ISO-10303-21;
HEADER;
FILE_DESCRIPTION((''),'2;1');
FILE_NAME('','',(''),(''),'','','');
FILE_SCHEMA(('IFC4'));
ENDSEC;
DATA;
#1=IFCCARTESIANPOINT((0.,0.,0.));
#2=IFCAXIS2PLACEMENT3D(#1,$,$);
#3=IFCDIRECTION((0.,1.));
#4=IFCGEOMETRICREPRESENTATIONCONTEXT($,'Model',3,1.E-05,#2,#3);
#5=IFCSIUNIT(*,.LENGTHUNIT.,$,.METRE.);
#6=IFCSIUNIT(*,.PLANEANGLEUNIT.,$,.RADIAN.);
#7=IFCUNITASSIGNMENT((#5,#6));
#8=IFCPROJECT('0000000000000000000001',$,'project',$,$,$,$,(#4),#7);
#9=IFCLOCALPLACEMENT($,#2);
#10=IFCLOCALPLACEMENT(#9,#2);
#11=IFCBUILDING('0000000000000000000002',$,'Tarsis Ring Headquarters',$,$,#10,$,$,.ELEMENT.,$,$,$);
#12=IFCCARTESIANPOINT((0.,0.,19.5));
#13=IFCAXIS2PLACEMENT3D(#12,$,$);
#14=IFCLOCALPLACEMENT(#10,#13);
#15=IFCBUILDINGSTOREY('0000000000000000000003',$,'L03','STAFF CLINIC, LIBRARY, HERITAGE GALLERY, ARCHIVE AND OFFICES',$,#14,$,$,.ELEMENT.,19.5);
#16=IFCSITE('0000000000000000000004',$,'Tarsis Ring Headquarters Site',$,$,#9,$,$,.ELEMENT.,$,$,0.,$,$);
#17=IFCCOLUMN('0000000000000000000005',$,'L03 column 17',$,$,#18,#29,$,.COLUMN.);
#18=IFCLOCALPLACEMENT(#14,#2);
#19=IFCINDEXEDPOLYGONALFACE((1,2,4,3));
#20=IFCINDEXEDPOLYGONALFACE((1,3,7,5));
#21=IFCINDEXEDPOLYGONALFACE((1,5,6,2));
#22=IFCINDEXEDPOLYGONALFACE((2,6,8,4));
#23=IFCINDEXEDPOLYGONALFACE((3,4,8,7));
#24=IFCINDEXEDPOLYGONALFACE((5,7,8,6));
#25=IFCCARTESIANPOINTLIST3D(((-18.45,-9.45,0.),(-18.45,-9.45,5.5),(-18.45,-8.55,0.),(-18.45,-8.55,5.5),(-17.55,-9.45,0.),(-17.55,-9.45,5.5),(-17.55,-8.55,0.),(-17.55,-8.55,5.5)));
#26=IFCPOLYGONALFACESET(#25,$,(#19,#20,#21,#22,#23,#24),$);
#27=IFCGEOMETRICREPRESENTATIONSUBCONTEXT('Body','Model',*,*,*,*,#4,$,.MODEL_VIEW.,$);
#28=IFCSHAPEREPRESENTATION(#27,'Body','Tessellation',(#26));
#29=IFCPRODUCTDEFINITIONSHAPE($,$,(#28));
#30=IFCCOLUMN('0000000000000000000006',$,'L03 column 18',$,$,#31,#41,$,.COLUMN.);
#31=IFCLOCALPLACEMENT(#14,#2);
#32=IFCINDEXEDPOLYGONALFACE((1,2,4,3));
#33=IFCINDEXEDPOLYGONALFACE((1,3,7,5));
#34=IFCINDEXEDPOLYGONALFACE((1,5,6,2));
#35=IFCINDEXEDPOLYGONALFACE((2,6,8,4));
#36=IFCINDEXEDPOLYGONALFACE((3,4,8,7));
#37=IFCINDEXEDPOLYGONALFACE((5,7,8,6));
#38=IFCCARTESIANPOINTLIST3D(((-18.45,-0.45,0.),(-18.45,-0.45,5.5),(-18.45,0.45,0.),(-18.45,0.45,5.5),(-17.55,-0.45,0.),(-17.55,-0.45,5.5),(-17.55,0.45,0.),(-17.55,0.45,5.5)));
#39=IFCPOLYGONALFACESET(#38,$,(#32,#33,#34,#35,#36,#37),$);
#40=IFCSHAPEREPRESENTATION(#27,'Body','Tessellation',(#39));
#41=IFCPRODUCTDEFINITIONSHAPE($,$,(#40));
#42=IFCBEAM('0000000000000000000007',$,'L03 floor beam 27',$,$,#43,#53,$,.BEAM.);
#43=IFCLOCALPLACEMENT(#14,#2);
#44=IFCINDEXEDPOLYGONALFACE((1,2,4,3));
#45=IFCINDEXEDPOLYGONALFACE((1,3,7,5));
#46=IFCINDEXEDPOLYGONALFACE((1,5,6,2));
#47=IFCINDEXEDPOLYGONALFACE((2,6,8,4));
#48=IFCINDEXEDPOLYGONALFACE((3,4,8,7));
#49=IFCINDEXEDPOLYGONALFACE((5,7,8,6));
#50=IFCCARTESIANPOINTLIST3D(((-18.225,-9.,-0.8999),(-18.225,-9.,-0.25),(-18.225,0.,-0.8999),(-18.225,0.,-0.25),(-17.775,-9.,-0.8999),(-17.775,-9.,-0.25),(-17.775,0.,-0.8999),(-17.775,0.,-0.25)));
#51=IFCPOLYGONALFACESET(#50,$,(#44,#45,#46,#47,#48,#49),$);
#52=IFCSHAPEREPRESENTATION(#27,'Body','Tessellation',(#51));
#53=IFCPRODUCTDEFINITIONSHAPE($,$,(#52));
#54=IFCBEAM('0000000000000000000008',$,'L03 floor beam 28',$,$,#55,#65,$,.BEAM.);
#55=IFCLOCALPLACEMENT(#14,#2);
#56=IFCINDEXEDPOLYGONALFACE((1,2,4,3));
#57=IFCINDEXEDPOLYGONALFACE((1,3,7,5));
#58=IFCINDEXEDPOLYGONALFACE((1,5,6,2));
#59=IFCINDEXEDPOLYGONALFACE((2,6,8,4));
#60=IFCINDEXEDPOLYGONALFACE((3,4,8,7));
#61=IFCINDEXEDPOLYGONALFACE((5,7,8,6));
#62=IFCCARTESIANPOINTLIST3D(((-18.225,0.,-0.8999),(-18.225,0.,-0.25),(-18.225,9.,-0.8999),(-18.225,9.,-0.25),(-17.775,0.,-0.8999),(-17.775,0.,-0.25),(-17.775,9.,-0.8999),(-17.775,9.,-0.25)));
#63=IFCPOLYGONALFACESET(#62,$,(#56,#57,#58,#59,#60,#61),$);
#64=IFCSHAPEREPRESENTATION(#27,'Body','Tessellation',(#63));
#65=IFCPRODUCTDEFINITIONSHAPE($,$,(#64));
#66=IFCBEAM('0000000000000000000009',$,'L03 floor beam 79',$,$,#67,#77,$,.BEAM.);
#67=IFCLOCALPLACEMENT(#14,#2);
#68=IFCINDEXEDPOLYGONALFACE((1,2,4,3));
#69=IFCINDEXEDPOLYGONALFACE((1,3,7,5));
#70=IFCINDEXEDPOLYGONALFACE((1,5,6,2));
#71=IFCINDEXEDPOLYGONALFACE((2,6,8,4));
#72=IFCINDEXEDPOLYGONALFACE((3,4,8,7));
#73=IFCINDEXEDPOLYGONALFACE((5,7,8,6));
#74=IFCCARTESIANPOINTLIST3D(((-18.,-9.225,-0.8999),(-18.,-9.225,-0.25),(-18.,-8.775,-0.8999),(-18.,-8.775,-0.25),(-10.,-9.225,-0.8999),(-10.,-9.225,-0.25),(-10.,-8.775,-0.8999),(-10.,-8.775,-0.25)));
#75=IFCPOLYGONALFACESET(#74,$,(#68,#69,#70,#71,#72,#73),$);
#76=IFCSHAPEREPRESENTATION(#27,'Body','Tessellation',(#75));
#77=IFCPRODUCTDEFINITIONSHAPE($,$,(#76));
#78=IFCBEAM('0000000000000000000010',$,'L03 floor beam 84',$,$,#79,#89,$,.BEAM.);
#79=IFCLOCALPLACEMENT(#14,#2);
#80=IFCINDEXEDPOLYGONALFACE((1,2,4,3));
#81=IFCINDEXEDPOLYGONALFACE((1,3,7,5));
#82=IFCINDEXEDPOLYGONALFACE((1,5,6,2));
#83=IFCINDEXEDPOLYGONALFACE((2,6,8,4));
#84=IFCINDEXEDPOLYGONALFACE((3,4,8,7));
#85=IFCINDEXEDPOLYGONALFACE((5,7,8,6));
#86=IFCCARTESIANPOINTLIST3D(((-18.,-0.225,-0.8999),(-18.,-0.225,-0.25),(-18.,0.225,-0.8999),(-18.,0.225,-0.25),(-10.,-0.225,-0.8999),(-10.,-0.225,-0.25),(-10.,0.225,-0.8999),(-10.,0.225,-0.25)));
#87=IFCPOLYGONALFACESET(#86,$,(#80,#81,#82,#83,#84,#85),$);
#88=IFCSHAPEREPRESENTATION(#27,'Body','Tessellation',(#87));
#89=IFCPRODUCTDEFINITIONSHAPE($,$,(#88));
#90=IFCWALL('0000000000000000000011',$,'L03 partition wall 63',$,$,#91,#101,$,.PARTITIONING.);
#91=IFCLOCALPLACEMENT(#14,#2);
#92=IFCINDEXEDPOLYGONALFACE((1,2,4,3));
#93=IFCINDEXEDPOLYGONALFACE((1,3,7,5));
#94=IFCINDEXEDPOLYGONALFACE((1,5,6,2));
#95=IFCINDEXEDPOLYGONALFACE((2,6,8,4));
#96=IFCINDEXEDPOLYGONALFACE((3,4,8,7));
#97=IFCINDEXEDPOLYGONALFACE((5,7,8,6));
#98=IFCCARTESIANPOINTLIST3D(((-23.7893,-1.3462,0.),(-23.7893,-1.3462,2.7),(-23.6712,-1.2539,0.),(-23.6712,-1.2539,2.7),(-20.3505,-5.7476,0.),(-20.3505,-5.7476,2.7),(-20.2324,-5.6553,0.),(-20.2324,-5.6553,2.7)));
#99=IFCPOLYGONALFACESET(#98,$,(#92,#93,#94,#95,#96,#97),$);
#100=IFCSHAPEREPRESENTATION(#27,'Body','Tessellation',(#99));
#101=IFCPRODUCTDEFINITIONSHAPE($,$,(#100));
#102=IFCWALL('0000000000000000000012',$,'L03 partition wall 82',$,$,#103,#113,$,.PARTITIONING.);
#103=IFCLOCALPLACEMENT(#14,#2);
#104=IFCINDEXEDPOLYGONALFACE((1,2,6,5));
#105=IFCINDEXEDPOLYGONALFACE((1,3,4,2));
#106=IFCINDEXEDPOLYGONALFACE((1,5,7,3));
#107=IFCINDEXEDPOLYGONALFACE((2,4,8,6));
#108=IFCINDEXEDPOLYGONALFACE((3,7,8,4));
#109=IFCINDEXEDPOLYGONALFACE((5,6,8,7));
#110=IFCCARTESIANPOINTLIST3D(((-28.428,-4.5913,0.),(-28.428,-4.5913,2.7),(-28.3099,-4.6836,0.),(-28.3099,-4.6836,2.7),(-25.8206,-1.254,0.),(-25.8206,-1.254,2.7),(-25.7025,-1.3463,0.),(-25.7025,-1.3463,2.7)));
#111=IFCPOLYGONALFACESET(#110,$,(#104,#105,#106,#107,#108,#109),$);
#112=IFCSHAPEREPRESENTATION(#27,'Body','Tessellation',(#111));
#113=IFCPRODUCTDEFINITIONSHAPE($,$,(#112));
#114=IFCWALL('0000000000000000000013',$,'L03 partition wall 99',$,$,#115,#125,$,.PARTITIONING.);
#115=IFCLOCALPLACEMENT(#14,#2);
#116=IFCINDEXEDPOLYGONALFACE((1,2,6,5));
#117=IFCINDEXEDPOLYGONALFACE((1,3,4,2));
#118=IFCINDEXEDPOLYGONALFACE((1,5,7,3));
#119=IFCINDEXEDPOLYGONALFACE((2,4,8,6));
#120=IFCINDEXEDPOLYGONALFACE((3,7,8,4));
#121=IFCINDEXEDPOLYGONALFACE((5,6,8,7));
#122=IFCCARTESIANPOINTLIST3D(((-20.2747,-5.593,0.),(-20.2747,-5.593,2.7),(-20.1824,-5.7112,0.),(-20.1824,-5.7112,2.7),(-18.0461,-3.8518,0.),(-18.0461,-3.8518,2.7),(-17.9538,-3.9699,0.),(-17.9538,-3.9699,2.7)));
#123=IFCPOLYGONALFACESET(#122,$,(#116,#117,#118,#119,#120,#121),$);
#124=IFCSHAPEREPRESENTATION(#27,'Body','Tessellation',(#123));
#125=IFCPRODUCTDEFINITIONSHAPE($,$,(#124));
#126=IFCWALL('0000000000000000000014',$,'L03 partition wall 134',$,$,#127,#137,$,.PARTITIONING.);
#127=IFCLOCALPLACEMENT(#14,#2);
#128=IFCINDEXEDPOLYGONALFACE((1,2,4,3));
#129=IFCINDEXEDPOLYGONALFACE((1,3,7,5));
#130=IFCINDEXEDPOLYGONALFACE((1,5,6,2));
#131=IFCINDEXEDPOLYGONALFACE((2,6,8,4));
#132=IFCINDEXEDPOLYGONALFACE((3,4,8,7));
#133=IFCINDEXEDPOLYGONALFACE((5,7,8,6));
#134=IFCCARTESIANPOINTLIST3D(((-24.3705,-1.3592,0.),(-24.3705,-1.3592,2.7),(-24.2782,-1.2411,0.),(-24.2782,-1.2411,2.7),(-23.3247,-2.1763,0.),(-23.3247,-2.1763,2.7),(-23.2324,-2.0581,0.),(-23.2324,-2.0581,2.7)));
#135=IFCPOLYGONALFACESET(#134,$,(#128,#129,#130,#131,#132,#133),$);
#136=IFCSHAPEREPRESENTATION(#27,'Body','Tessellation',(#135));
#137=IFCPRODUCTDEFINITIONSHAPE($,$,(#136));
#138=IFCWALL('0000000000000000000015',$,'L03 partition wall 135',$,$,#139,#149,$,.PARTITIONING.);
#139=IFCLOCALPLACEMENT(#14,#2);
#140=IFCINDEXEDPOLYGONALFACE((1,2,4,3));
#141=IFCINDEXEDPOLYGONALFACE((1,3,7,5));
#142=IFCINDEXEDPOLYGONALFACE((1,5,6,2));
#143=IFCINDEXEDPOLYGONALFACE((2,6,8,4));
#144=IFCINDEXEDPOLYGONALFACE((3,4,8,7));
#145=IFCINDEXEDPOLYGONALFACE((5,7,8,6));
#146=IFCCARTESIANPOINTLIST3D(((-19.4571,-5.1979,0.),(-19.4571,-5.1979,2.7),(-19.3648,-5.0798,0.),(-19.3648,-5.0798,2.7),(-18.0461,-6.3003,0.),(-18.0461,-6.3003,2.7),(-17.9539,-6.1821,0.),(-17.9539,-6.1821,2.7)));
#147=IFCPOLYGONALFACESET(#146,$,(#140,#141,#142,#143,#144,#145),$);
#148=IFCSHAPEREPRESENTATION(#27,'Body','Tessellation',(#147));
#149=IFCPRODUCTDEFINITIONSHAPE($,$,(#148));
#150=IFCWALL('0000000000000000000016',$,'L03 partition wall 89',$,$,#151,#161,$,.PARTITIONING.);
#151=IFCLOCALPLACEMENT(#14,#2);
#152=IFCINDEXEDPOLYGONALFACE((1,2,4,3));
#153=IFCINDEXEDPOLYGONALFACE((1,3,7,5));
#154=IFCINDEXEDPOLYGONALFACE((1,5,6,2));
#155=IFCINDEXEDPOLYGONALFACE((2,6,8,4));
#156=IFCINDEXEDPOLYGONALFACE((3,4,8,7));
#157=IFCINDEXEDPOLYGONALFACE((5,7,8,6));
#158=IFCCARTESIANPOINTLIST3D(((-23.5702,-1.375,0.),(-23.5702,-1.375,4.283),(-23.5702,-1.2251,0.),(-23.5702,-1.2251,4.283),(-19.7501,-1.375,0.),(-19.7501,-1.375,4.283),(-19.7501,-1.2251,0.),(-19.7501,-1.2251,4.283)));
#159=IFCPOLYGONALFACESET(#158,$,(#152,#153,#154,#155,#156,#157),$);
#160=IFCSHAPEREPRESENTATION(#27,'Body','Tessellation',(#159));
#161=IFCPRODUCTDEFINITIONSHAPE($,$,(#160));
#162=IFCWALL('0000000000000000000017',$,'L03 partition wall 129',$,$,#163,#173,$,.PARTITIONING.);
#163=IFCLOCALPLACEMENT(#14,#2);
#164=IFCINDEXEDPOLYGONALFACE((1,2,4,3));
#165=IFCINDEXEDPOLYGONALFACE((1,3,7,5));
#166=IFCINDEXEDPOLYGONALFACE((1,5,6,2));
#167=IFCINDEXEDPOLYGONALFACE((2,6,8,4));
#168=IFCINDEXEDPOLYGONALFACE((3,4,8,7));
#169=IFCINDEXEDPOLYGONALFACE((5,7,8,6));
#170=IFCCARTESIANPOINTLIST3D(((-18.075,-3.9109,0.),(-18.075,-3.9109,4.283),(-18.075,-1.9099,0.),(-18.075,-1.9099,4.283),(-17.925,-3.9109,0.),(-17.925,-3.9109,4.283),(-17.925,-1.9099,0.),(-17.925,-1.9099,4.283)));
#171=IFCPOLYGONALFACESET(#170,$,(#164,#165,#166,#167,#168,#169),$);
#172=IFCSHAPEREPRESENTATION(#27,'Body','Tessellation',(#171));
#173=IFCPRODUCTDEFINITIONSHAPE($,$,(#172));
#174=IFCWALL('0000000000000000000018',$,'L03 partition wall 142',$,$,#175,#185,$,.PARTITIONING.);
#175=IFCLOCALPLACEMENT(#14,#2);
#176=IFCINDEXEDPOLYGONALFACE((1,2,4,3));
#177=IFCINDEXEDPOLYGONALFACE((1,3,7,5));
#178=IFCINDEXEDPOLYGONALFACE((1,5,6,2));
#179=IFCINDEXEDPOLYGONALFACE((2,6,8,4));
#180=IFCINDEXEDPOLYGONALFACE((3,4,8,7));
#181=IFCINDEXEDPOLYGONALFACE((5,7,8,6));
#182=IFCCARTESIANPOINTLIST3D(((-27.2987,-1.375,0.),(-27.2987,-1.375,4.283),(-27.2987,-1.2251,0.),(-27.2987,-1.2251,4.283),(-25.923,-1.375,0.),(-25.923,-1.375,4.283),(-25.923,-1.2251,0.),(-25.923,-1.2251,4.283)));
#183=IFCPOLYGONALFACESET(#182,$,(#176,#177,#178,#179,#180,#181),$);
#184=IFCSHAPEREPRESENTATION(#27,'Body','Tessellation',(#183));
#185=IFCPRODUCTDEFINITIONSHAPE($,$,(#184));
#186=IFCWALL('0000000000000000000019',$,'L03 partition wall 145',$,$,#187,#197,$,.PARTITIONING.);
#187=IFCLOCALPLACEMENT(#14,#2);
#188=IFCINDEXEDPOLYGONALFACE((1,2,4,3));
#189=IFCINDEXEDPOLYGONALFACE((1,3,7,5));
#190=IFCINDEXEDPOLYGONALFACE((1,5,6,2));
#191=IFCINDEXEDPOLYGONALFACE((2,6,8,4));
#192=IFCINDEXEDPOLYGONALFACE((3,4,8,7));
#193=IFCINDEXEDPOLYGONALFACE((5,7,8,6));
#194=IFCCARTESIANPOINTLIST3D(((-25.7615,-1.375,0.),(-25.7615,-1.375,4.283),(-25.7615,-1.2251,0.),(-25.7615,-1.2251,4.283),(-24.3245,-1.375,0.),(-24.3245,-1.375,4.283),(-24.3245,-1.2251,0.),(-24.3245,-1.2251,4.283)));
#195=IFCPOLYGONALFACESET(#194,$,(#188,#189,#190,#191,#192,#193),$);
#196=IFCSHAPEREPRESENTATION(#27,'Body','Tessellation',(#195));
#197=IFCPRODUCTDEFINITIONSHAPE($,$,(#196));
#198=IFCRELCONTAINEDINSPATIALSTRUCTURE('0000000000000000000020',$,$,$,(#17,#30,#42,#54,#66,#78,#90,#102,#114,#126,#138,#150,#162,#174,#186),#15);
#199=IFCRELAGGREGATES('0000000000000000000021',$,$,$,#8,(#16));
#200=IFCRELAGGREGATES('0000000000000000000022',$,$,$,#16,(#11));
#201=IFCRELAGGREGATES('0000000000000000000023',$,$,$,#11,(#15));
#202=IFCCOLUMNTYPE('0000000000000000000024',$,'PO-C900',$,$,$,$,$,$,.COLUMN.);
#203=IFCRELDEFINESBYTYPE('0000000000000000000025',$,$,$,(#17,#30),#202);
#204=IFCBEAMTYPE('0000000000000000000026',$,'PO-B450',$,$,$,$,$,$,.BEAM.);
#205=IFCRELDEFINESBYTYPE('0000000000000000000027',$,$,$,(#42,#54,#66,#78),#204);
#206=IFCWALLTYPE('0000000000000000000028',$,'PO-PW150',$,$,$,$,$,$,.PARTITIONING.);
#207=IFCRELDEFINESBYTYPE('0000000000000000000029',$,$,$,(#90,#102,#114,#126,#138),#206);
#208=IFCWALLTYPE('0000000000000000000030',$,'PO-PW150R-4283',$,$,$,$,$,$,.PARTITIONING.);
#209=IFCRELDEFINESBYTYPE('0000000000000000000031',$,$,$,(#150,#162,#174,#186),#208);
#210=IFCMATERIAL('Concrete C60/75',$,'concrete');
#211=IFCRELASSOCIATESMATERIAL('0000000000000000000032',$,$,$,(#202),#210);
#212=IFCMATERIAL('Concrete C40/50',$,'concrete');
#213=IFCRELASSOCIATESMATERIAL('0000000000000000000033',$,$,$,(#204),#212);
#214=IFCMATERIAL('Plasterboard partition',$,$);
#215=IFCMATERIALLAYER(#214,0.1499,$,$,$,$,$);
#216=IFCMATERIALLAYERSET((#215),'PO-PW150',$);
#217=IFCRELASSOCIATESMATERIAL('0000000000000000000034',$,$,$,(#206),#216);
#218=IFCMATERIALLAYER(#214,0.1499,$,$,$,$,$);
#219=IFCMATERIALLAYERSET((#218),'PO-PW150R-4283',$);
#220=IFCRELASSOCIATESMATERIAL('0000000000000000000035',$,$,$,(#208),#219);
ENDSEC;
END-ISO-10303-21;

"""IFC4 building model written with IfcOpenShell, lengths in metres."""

from ifc_helpers import new_model, si_unit, direction, frame, frame_2d, origin, origin_2d, place, context, subcontext, project, spatial, rectangle, extrude, material, layer, layer_set, material_profile, profile_set, type_object, element, save


model = new_model("IFC4")

# Units and contexts
model_context = context("Model", 3, precision=1e-05, world=origin(), true_north=direction((0.0, 1.0)))
body_context = subcontext(model_context, "Body", "Model", "MODEL_VIEW")
ifc_project = project(units=[si_unit("LENGTHUNIT", "METRE"), si_unit("PLANEANGLEUNIT", "RADIAN")], contexts=[model_context])

# Site, building, storey
site_placement = place(None, origin())
site = spatial("IfcSite", under=ifc_project, at=site_placement, Name="Tarsis Ring Headquarters Site", CompositionType="ELEMENT", RefElevation=0.0)
building_placement = place(site_placement, origin())
building = spatial("IfcBuilding", under=site, at=building_placement, Name="Tarsis Ring Headquarters", CompositionType="ELEMENT")
storey_placement = place(building_placement, frame((0.0, 0.0, 19.5)))
storey = spatial("IfcBuildingStorey", under=building, at=storey_placement, Name="L03", Description="STAFF CLINIC, LIBRARY, HERITAGE GALLERY, ARCHIVE AND OFFICES", CompositionType="ELEMENT", Elevation=19.5)

# Columns
ifc_material_1 = material(Name="Concrete C60/75", Category="concrete")
ifc_material_profile_1 = material_profile(ifc_material_1, rectangle(XDim=0.8999, YDim=0.8999, at=origin_2d()), Name="PO-C900")
ifc_profile_set_1 = profile_set([ifc_material_profile_1], Name="Concrete C60/75")
column_type = type_object("IfcColumnType", Name="PO-C900", PredefinedType="COLUMN", material=ifc_profile_set_1)
for number, where, z_axis, x_axis, name in (
    (1, (-18.0, -9.0, 0.0), (0.0, 0.0, 1.0), (1.0, 0.0, 0.0), "L03 column 17"),
    (2, (-18.0, 0.0, 0.0), (0.0, 0.0, 1.0), (1.0, 0.0, 0.0), "L03 column 18"),
):
    element("IfcColumn", number, at=place(storey_placement, frame(where, z_axis=z_axis, x_axis=x_axis)), inside=storey, type_object=column_type, Name=name, PredefinedType="COLUMN", context=body_context, shape_type="SweptSolid", body=[
        extrude(rectangle(XDim=0.8999, YDim=0.8999, at=origin_2d()), origin(), (0.0, 0.0, 1.0), 5.5),
    ])

# Beams
ifc_material_2 = material(Name="Concrete C40/50", Category="concrete")
ifc_material_profile_2 = material_profile(ifc_material_2, rectangle(XDim=0.45, YDim=0.6499, at=origin_2d()), Name="PO-B450")
ifc_profile_set_2 = profile_set([ifc_material_profile_2], Name="Concrete C40/50")
beam_type = type_object("IfcBeamType", Name="PO-B450", PredefinedType="BEAM", material=ifc_profile_set_2)
for number, where, z_axis, x_axis, name in (
    (3, (-18.0, -9.0, -0.575), (0.0, 1.0, 0.0), (-1.0, 0.0, 0.0), "L03 floor beam 27"),
    (4, (-18.0, 0.0, -0.575), (0.0, 1.0, 0.0), (-1.0, 0.0, 0.0), "L03 floor beam 28"),
):
    element("IfcBeam", number, at=place(storey_placement, frame(where, z_axis=z_axis, x_axis=x_axis)), inside=storey, type_object=beam_type, Name=name, PredefinedType="BEAM", context=body_context, shape_type="SweptSolid", body=[
        extrude(rectangle(XDim=0.45, YDim=0.6499, at=origin_2d()), origin(), (0.0, 0.0, 1.0), 9.0),
    ])
for number, where, z_axis, x_axis, name in (
    (5, (-18.0, -9.0, -0.575), (1.0, 0.0, 0.0), (0.0, 1.0, 0.0), "L03 floor beam 79"),
    (6, (-18.0, 0.0, -0.575), (1.0, 0.0, 0.0), (0.0, 1.0, 0.0), "L03 floor beam 84"),
):
    element("IfcBeam", number, at=place(storey_placement, frame(where, z_axis=z_axis, x_axis=x_axis)), inside=storey, type_object=beam_type, Name=name, PredefinedType="BEAM", context=body_context, shape_type="SweptSolid", body=[
        extrude(rectangle(XDim=0.45, YDim=0.6499, at=origin_2d()), origin(), (0.0, 0.0, 1.0), 8.0),
    ])

# Walls
ifc_material_3 = material(Name="Plasterboard partition")
ifc_layer_1 = layer(ifc_material_3, 0.1499)
ifc_layer_set_1 = layer_set([ifc_layer_1], Name="PO-PW150")
wall_type_1 = type_object("IfcWallType", Name="PO-PW150", PredefinedType="PARTITIONING", material=ifc_layer_set_1)
wall_1_placement = place(storey_placement, frame((-23.7302, -1.3, 0.0), z_axis=(0.0, 0.0, 1.0), x_axis=(0.615661, -0.788011, 0.0)))
element("IfcWall", 7, at=wall_1_placement, inside=storey, type_object=wall_type_1, Name="L03 partition wall 63", PredefinedType="PARTITIONING", context=body_context, shape_type="SweptSolid", body=[
    extrude(rectangle(XDim=5.5854, YDim=0.1499, at=frame_2d((2.7927, 0.0))), origin(), (0.0, 0.0, 1.0), 2.7),
])
wall_2_placement = place(storey_placement, frame((-25.7615, -1.3, 0.0), z_axis=(0.0, 0.0, 1.0), x_axis=(-0.615655, -0.788016, 0.0)))
element("IfcWall", 8, at=wall_2_placement, inside=storey, type_object=wall_type_1, Name="L03 partition wall 82", PredefinedType="PARTITIONING", context=body_context, shape_type="SweptSolid", body=[
    extrude(rectangle(XDim=4.2351, YDim=0.1499, at=frame_2d((2.1177, 0.0))), origin(), (0.0, 0.0, 1.0), 2.7),
])
wall_3_placement = place(storey_placement, frame((-20.2285, -5.6521, 0.0), z_axis=(0.0, 0.0, 1.0), x_axis=(0.787993, 0.615684, 0.0)))
element("IfcWall", 9, at=wall_3_placement, inside=storey, type_object=wall_type_1, Name="L03 partition wall 99", PredefinedType="PARTITIONING", context=body_context, shape_type="SweptSolid", body=[
    extrude(rectangle(XDim=2.8281, YDim=0.1499, at=frame_2d((1.4141, 0.0))), origin(), (0.0, 0.0, 1.0), 2.7),
])
wall_4_placement = place(storey_placement, frame((-23.2786, -2.1172, 0.0), z_axis=(0.0, 0.0, 1.0), x_axis=(-0.788013, 0.615658, 0.0)))
element("IfcWall", 10, at=wall_4_placement, inside=storey, type_object=wall_type_1, Name="L03 partition wall 134", PredefinedType="PARTITIONING", context=body_context, shape_type="SweptSolid", body=[
    extrude(rectangle(XDim=1.3271, YDim=0.1499, at=frame_2d((0.6636, 0.0))), origin(), (0.0, 0.0, 1.0), 2.7),
])
wall_5_placement = place(storey_placement, frame((-18.0, -6.2412, 0.0), z_axis=(0.0, 0.0, 1.0), x_axis=(-0.788014, 0.615657, 0.0)))
element("IfcWall", 11, at=wall_5_placement, inside=storey, type_object=wall_type_1, Name="L03 partition wall 135", PredefinedType="PARTITIONING", context=body_context, shape_type="SweptSolid", body=[
    extrude(rectangle(XDim=1.7905, YDim=0.1499, at=frame_2d((0.8953, 0.0))), origin(), (0.0, 0.0, 1.0), 2.7),
])
ifc_layer_2 = layer(ifc_material_3, 0.1499)
ifc_layer_set_2 = layer_set([ifc_layer_2], Name="PO-PW150R-4283")
wall_type_2 = type_object("IfcWallType", Name="PO-PW150R-4283", PredefinedType="PARTITIONING", material=ifc_layer_set_2)
wall_6_placement = place(storey_placement, frame((-19.75, -1.3, 0.0), z_axis=(0.0, 0.0, 1.0), x_axis=(-1.0, 0.0, 0.0)))
element("IfcWall", 12, at=wall_6_placement, inside=storey, type_object=wall_type_2, Name="L03 partition wall 89", PredefinedType="PARTITIONING", context=body_context, shape_type="SweptSolid", body=[
    extrude(rectangle(XDim=3.8201, YDim=0.1499, at=frame_2d((1.9102, 0.0))), origin(), (0.0, 0.0, 1.0), 4.283),
])
wall_7_placement = place(storey_placement, frame((-18.0, -3.9109, 0.0), z_axis=(0.0, 0.0, 1.0), x_axis=(0.0, 1.0, 0.0)))
element("IfcWall", 13, at=wall_7_placement, inside=storey, type_object=wall_type_2, Name="L03 partition wall 129", PredefinedType="PARTITIONING", context=body_context, shape_type="SweptSolid", body=[
    extrude(rectangle(XDim=2.001, YDim=0.1499, at=frame_2d((1.0005, 0.0))), origin(), (0.0, 0.0, 1.0), 4.283),
])
wall_8_placement = place(storey_placement, frame((-25.9229, -1.3, 0.0), z_axis=(0.0, 0.0, 1.0), x_axis=(-1.0, 0.0, 0.0)))
element("IfcWall", 14, at=wall_8_placement, inside=storey, type_object=wall_type_2, Name="L03 partition wall 142", PredefinedType="PARTITIONING", context=body_context, shape_type="SweptSolid", body=[
    extrude(rectangle(XDim=1.3757, YDim=0.1499, at=frame_2d((0.688, 0.0))), origin(), (0.0, 0.0, 1.0), 4.283),
])
wall_9_placement = place(storey_placement, frame((-24.3245, -1.3, 0.0), z_axis=(0.0, 0.0, 1.0), x_axis=(-1.0, 0.0, 0.0)))
element("IfcWall", 15, at=wall_9_placement, inside=storey, type_object=wall_type_2, Name="L03 partition wall 145", PredefinedType="PARTITIONING", context=body_context, shape_type="SweptSolid", body=[
    extrude(rectangle(XDim=1.437, YDim=0.1499, at=frame_2d((0.7185, 0.0))), origin(), (0.0, 0.0, 1.0), 4.283),
])

save(model, "model.ifc")
